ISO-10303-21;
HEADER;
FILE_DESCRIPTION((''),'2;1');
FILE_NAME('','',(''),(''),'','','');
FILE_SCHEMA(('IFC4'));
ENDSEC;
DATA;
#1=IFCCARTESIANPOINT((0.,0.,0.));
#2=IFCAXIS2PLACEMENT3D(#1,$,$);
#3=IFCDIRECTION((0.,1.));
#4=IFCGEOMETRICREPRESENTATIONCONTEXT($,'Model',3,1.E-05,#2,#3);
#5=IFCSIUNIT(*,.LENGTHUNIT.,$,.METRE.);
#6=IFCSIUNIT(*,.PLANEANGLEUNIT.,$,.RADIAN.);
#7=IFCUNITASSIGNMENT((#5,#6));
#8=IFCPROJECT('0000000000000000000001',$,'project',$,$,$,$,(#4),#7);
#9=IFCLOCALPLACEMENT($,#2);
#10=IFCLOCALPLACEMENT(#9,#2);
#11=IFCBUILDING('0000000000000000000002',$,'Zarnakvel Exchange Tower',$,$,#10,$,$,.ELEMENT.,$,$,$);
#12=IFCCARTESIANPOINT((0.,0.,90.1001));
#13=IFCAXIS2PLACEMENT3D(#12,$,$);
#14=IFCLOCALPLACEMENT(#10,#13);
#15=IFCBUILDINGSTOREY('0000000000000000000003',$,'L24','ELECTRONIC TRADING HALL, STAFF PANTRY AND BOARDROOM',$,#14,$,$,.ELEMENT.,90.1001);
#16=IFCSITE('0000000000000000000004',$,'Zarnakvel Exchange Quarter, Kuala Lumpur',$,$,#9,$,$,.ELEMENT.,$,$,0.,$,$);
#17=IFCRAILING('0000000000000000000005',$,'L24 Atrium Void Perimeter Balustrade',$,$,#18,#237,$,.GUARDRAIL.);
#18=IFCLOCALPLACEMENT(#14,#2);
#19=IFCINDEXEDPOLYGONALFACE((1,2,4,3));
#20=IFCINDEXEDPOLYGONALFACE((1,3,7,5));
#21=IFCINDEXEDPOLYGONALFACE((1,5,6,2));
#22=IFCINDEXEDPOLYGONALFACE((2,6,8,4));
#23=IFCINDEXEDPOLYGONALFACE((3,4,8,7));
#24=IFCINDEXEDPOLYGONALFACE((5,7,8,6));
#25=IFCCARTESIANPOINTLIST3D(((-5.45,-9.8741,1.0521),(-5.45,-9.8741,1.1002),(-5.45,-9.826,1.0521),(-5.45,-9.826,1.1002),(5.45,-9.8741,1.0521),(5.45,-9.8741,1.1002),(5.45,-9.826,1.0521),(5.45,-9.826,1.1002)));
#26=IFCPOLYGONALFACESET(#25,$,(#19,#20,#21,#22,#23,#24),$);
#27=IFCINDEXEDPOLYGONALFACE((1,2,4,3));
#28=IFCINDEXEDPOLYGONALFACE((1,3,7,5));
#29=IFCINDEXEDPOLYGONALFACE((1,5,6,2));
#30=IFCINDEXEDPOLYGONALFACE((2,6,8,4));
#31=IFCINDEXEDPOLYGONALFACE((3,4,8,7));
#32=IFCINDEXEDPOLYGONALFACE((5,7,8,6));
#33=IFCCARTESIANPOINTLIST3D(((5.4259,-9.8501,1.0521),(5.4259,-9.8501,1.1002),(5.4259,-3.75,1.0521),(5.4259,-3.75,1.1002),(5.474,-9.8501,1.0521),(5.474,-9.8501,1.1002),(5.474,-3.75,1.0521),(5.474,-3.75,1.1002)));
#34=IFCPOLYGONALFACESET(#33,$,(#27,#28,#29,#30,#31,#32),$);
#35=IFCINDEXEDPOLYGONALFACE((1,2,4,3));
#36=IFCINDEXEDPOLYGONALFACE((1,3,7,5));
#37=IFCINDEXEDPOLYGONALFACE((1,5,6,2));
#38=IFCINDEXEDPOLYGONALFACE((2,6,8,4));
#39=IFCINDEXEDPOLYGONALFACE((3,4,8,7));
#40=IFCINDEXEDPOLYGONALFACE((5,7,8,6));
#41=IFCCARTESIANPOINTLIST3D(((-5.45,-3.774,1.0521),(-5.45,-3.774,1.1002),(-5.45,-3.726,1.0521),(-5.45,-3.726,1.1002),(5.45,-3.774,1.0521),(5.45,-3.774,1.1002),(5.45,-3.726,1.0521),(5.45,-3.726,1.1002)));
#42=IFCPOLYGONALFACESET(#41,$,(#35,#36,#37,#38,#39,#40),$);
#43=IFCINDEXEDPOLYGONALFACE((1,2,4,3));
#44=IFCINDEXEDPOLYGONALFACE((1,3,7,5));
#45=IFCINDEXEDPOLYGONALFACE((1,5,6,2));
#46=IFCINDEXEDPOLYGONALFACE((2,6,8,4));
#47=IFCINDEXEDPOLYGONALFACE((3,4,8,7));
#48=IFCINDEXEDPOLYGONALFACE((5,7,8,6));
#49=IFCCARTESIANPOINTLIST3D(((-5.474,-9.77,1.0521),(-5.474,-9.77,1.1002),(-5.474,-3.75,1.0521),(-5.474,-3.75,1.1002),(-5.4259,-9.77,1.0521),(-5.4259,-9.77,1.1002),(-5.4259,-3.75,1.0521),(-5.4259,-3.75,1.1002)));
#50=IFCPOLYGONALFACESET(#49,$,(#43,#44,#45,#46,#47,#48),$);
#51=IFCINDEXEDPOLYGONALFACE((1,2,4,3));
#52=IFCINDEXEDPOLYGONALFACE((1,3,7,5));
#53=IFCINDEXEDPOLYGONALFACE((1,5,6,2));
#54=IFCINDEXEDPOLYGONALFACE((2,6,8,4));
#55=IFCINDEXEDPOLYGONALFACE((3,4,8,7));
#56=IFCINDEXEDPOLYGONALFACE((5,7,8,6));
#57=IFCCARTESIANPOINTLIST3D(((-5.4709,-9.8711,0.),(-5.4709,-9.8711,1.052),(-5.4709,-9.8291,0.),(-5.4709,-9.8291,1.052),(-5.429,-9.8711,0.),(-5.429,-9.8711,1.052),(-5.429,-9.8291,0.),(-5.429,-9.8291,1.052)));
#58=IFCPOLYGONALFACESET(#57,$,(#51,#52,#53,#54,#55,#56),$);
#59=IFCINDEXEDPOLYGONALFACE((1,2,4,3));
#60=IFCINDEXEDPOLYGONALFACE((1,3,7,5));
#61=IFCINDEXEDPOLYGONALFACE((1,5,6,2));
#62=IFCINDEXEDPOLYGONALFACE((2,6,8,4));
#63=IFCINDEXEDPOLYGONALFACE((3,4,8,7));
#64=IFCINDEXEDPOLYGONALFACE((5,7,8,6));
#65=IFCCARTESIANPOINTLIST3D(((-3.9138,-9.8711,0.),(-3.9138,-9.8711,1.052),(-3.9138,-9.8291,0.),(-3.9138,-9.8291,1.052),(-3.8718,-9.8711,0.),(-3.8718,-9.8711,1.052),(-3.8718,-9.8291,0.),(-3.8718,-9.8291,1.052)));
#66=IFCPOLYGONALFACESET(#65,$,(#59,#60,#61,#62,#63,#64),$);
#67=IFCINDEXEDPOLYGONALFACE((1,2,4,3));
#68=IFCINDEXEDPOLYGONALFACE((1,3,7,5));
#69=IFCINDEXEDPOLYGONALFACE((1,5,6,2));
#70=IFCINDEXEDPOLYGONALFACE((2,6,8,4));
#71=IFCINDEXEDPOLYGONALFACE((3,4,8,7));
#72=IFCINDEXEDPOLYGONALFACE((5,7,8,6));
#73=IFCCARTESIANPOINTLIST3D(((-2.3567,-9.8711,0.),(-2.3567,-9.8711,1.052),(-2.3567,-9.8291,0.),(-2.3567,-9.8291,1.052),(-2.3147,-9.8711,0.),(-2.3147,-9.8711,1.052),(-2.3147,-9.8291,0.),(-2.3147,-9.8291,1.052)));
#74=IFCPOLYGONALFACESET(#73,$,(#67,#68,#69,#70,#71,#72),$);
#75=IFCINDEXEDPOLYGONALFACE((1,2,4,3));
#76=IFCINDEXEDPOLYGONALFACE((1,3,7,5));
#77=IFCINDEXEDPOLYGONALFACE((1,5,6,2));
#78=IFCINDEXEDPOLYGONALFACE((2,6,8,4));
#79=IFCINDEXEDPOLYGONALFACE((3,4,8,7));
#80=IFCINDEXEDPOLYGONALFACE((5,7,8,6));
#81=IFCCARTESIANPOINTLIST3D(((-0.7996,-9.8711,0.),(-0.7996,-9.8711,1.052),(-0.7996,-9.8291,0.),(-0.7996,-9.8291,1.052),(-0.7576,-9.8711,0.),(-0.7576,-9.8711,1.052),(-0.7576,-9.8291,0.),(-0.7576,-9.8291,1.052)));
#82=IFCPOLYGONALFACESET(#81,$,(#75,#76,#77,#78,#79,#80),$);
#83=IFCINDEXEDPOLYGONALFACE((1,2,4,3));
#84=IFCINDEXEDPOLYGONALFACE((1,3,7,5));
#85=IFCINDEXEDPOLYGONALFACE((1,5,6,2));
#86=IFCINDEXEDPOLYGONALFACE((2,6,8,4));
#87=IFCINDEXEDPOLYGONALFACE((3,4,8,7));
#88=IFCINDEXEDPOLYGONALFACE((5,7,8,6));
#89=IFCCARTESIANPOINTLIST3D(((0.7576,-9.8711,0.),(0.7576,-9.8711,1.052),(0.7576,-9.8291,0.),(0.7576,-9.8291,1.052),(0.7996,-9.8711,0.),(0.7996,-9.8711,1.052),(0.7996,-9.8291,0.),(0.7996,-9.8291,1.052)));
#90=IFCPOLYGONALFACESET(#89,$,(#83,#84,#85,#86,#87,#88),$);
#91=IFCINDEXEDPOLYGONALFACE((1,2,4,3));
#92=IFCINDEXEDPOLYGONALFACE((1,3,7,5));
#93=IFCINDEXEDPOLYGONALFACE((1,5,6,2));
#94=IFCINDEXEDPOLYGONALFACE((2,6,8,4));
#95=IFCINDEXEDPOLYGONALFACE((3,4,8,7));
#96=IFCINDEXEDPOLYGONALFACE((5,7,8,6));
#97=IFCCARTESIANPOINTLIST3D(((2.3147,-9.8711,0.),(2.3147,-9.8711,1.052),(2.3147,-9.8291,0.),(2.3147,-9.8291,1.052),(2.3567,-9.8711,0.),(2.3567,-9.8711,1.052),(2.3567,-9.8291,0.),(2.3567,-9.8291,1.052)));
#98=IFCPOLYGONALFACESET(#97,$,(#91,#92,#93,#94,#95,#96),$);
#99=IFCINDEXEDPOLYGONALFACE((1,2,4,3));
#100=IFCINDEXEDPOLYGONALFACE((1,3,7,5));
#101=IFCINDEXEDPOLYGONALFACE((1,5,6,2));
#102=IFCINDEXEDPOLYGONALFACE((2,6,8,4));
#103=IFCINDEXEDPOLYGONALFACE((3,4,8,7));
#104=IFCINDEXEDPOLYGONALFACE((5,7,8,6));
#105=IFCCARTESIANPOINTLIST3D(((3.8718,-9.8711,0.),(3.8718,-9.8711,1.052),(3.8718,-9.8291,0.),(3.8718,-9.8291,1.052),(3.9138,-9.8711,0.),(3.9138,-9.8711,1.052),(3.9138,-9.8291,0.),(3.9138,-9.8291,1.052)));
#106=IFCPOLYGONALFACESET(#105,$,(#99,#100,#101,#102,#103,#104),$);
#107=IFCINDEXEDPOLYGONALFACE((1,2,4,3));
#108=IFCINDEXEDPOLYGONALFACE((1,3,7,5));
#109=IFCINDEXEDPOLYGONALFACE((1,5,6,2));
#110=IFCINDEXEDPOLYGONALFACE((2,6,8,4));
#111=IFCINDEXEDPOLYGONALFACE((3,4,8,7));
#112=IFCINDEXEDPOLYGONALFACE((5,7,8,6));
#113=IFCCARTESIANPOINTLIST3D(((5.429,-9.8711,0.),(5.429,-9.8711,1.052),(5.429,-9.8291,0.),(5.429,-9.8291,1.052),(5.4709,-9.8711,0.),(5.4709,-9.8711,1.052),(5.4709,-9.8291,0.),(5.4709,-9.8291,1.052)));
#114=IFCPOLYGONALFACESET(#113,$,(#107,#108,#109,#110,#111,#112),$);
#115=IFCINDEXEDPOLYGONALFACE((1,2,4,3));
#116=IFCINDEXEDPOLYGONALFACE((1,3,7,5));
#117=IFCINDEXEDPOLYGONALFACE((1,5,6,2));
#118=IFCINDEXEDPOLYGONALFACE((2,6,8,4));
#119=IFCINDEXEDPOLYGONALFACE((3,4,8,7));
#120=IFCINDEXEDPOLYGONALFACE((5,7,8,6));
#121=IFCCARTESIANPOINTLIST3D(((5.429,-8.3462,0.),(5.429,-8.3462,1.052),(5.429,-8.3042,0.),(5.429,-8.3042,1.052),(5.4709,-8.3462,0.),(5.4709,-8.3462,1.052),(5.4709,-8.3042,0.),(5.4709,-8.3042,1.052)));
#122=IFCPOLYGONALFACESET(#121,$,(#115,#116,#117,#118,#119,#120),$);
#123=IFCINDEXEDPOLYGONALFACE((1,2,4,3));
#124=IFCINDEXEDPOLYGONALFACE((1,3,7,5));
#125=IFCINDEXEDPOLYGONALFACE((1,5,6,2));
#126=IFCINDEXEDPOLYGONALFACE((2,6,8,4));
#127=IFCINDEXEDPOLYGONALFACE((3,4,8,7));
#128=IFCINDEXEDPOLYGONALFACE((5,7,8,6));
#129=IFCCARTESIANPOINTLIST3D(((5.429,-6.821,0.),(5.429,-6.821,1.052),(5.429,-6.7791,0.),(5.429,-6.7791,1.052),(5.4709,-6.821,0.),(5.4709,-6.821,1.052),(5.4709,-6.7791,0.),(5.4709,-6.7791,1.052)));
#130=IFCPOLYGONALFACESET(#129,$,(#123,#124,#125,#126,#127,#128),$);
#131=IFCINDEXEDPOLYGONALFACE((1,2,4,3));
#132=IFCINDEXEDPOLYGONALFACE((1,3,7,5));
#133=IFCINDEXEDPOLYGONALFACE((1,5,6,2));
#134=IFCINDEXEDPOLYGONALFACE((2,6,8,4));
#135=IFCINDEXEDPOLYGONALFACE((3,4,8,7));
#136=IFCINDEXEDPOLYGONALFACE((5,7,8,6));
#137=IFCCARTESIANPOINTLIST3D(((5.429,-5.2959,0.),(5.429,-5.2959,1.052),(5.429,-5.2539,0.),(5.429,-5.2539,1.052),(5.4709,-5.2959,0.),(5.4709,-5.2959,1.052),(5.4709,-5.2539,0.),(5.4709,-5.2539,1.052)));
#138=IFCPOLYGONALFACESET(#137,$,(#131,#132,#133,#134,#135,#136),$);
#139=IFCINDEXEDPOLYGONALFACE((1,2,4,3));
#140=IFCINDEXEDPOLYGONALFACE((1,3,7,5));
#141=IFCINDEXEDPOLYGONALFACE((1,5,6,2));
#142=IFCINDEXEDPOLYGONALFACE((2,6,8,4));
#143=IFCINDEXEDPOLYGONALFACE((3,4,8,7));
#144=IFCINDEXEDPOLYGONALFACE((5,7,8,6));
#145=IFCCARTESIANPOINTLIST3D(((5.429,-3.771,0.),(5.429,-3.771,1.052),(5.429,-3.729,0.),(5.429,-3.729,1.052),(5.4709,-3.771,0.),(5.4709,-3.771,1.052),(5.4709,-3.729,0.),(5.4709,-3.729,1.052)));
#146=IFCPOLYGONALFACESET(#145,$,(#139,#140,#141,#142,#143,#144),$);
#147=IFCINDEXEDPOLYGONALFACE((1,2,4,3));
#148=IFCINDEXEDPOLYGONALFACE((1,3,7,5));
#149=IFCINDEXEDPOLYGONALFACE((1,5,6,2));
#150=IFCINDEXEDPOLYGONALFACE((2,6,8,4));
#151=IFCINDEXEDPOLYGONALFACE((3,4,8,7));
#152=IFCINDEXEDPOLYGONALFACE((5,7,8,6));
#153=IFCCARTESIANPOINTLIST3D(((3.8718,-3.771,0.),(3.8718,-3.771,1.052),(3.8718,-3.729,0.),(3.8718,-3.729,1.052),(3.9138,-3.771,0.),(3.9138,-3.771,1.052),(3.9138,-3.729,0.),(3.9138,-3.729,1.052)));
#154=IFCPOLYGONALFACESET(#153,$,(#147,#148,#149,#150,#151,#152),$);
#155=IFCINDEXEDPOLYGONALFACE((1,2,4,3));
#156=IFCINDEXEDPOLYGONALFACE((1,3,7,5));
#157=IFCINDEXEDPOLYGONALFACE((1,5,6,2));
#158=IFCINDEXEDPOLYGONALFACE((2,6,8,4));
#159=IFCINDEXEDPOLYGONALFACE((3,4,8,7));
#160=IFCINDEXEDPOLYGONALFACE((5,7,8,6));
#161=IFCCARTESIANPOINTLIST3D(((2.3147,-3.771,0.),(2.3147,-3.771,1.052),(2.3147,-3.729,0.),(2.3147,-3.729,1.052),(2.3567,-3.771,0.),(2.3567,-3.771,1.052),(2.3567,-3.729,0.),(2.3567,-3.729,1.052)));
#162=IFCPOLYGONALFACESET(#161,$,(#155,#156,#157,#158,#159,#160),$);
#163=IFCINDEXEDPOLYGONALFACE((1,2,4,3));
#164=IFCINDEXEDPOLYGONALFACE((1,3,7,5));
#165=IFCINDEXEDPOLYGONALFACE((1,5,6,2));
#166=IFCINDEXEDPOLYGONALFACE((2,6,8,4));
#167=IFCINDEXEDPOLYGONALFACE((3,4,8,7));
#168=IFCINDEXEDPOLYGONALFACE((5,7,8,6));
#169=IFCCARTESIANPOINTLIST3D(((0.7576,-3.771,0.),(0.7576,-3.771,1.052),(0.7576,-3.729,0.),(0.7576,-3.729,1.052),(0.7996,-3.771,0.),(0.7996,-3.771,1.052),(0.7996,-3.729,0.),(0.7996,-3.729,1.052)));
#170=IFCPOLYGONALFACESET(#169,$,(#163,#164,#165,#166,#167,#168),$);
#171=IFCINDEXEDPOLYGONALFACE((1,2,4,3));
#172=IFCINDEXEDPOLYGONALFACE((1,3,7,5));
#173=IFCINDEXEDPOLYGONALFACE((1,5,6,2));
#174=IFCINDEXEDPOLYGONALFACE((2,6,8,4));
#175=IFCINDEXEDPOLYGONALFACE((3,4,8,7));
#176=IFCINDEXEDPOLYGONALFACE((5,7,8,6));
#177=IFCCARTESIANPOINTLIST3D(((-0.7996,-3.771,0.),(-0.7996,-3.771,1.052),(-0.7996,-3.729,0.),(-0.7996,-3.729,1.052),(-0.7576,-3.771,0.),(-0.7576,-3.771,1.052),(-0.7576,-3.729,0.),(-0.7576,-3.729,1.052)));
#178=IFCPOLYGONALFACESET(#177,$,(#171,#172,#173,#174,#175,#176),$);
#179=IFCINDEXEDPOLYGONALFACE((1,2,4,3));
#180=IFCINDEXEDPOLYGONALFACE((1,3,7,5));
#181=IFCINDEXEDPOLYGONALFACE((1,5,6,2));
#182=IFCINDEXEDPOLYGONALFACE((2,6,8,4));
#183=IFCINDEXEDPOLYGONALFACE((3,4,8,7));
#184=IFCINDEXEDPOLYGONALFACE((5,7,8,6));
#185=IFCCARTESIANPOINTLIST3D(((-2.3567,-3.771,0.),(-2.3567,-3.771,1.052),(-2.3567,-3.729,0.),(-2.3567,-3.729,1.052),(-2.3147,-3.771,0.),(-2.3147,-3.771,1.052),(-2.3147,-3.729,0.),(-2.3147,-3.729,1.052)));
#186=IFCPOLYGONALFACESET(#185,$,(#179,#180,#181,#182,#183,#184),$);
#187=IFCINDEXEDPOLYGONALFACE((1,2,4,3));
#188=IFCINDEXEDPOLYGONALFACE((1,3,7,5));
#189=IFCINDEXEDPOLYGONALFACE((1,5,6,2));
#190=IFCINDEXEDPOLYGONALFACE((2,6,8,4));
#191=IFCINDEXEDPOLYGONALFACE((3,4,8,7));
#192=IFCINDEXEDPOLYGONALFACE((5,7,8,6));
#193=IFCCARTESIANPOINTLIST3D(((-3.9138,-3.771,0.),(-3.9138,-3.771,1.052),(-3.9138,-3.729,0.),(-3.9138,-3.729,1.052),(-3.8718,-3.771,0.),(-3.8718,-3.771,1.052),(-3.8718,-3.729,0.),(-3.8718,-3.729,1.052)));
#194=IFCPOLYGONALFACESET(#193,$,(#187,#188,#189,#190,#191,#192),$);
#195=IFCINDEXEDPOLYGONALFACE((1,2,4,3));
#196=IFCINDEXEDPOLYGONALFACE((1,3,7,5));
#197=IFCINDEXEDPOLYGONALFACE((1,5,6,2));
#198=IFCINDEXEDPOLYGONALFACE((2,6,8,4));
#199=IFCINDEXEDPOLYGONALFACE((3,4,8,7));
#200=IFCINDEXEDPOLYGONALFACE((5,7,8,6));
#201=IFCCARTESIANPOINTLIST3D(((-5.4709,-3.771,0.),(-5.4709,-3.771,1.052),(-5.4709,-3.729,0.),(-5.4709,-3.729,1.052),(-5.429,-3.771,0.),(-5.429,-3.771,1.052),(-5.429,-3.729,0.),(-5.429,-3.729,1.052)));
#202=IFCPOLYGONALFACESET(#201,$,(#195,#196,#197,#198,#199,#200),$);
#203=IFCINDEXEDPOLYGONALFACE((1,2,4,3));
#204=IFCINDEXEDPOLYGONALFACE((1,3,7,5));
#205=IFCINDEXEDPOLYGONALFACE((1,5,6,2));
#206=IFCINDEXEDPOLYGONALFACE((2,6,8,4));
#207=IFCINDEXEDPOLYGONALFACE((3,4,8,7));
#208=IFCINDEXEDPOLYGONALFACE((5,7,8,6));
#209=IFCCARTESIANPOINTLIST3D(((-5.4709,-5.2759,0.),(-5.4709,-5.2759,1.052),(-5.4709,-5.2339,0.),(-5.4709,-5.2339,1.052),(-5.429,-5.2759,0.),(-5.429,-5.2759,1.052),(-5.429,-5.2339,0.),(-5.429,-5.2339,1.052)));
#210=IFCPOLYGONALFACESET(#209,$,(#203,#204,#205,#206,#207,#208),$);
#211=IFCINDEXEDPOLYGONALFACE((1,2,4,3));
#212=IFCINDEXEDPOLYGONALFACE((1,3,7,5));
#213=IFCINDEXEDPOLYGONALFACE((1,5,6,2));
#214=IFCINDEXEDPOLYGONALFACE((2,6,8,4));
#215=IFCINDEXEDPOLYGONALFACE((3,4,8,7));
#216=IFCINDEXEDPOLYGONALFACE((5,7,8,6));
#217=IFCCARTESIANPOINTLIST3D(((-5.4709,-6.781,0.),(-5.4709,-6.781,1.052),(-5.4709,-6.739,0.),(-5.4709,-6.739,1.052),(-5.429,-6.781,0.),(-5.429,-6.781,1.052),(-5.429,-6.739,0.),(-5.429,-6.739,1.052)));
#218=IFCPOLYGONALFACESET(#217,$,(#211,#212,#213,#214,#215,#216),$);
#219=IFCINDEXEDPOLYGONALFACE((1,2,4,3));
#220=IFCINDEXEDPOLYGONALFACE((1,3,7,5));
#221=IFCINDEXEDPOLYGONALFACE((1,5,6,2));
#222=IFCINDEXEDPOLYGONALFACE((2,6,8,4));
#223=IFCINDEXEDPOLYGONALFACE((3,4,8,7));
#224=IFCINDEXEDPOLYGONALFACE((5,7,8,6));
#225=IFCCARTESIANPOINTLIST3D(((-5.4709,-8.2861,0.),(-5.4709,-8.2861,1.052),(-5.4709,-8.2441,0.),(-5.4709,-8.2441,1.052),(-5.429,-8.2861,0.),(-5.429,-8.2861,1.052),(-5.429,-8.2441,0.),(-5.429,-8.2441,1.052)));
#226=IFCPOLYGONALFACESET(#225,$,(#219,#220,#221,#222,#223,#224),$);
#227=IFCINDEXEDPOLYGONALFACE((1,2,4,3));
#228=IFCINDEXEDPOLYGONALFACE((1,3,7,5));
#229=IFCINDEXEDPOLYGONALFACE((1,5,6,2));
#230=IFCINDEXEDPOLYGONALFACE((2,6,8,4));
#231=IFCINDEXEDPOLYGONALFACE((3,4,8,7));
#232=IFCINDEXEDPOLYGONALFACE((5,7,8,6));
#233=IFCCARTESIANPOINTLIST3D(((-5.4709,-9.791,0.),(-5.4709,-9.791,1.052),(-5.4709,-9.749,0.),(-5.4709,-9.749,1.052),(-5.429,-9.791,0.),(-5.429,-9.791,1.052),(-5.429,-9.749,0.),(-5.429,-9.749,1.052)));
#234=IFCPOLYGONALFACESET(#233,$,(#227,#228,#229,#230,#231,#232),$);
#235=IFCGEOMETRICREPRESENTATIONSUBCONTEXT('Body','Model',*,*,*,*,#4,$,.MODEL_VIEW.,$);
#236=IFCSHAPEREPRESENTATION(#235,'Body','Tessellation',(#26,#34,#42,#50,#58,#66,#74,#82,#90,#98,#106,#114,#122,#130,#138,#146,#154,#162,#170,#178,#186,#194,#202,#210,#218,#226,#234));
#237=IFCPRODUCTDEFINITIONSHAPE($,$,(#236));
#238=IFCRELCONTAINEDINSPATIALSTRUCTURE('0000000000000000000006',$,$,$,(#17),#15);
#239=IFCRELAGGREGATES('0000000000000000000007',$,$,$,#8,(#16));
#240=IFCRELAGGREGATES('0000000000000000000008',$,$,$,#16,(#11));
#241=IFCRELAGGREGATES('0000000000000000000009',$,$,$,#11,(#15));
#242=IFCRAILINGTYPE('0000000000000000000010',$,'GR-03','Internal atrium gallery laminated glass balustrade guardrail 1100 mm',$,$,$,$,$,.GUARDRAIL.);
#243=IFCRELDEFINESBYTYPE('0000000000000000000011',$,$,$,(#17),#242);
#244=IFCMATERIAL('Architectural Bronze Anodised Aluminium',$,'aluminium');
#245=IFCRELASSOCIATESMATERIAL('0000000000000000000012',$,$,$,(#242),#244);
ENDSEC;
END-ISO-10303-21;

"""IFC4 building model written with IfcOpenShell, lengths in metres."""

from ifc_helpers import new_model, si_unit, direction, frame, origin, origin_2d, place, context, subcontext, project, spatial, rectangle, extrude, material, type_object, element, save


model = new_model("IFC4")

# Units and contexts
model_context = context("Model", 3, precision=1e-05, world=origin(), true_north=direction((0.0, 1.0)))
body_context = subcontext(model_context, "Body", "Model", "MODEL_VIEW")
ifc_project = project(units=[si_unit("LENGTHUNIT", "METRE"), si_unit("PLANEANGLEUNIT", "RADIAN")], contexts=[model_context])

# Site, building, storey
site_placement = place(None, origin())
site = spatial("IfcSite", under=ifc_project, at=site_placement, Name="Zarnakvel Exchange Quarter, Kuala Lumpur", CompositionType="ELEMENT", RefElevation=0.0)
building_placement = place(site_placement, origin())
building = spatial("IfcBuilding", under=site, at=building_placement, Name="Zarnakvel Exchange Tower", CompositionType="ELEMENT")
storey_placement = place(building_placement, frame((0.0, 0.0, 90.1001)))
storey = spatial("IfcBuildingStorey", under=building, at=storey_placement, Name="L24", Description="ELECTRONIC TRADING HALL, STAFF PANTRY AND BOARDROOM", CompositionType="ELEMENT", Elevation=90.1001)

# Railing
ifc_material_1 = material(Name="Architectural Bronze Anodised Aluminium", Category="aluminium")
railing_type = type_object("IfcRailingType", Name="GR-03", Description="Internal atrium gallery laminated glass balustrade guardrail 1100 mm", PredefinedType="GUARDRAIL", material=ifc_material_1)
railing_placement = place(storey_placement, frame((-5.45, -9.8501, 0.0)))
element("IfcRailing", 1, at=railing_placement, inside=storey, type_object=railing_type, Name="L24 Atrium Void Perimeter Balustrade", PredefinedType="GUARDRAIL", context=body_context, shape_type="SweptSolid", body=[
    extrude(rectangle(XDim=0.0481, YDim=0.0481, at=origin_2d()), frame((0.0, 0.0, 1.0762), z_axis=(1.0, 0.0, 0.0), x_axis=(0.0, 1.0, 0.0)), (0.0, 0.0, 1.0), 10.8999),
    extrude(rectangle(XDim=0.0481, YDim=0.0481, at=origin_2d()), frame((10.8999, 0.0, 1.0762), z_axis=(0.0, 1.0, 0.0), x_axis=(-1.0, 0.0, 0.0)), (0.0, 0.0, 1.0), 6.1001),
    extrude(rectangle(XDim=0.0481, YDim=0.0481, at=origin_2d()), frame((10.8999, 6.1001, 1.0762), z_axis=(-1.0, 0.0, 0.0), x_axis=(0.0, -1.0, 0.0)), (0.0, 0.0, 1.0), 10.8999),
    extrude(rectangle(XDim=0.0481, YDim=0.0481, at=origin_2d()), frame((0.0, 6.1001, 1.0762), z_axis=(0.0, -1.0, 0.0), x_axis=(1.0, 0.0, 0.0)), (0.0, 0.0, 1.0), 6.02),
    extrude(rectangle(XDim=0.042, YDim=0.042, at=origin_2d()), origin(), (0.0, 0.0, 1.0), 1.052),
    extrude(rectangle(XDim=0.042, YDim=0.042, at=origin_2d()), frame((1.5571, 0.0, 0.0)), (0.0, 0.0, 1.0), 1.052),
    extrude(rectangle(XDim=0.042, YDim=0.042, at=origin_2d()), frame((3.1143, 0.0, 0.0)), (0.0, 0.0, 1.0), 1.052),
    extrude(rectangle(XDim=0.042, YDim=0.042, at=origin_2d()), frame((4.6714, 0.0, 0.0)), (0.0, 0.0, 1.0), 1.052),
    extrude(rectangle(XDim=0.042, YDim=0.042, at=origin_2d()), frame((6.2285, 0.0, 0.0)), (0.0, 0.0, 1.0), 1.052),
    extrude(rectangle(XDim=0.042, YDim=0.042, at=origin_2d()), frame((7.7856, 0.0, 0.0)), (0.0, 0.0, 1.0), 1.052),
    extrude(rectangle(XDim=0.042, YDim=0.042, at=origin_2d()), frame((9.3428, 0.0, 0.0)), (0.0, 0.0, 1.0), 1.052),
    extrude(rectangle(XDim=0.042, YDim=0.042, at=origin_2d()), frame((10.8999, 0.0, 0.0)), (0.0, 0.0, 1.0), 1.052),
    extrude(rectangle(XDim=0.042, YDim=0.042, at=origin_2d()), frame((10.8999, 1.5249, 0.0)), (0.0, 0.0, 1.0), 1.052),
    extrude(rectangle(XDim=0.042, YDim=0.042, at=origin_2d()), frame((10.8999, 3.05, 0.0)), (0.0, 0.0, 1.0), 1.052),
    extrude(rectangle(XDim=0.042, YDim=0.042, at=origin_2d()), frame((10.8999, 4.5752, 0.0)), (0.0, 0.0, 1.0), 1.052),
    extrude(rectangle(XDim=0.042, YDim=0.042, at=origin_2d()), frame((10.8999, 6.1001, 0.0)), (0.0, 0.0, 1.0), 1.052),
    extrude(rectangle(XDim=0.042, YDim=0.042, at=origin_2d()), frame((9.3428, 6.1001, 0.0)), (0.0, 0.0, 1.0), 1.052),
    extrude(rectangle(XDim=0.042, YDim=0.042, at=origin_2d()), frame((7.7856, 6.1001, 0.0)), (0.0, 0.0, 1.0), 1.052),
    extrude(rectangle(XDim=0.042, YDim=0.042, at=origin_2d()), frame((6.2285, 6.1001, 0.0)), (0.0, 0.0, 1.0), 1.052),
    extrude(rectangle(XDim=0.042, YDim=0.042, at=origin_2d()), frame((4.6714, 6.1001, 0.0)), (0.0, 0.0, 1.0), 1.052),
    extrude(rectangle(XDim=0.042, YDim=0.042, at=origin_2d()), frame((3.1143, 6.1001, 0.0)), (0.0, 0.0, 1.0), 1.052),
    extrude(rectangle(XDim=0.042, YDim=0.042, at=origin_2d()), frame((1.5571, 6.1001, 0.0)), (0.0, 0.0, 1.0), 1.052),
    extrude(rectangle(XDim=0.042, YDim=0.042, at=origin_2d()), frame((0.0, 6.1001, 0.0)), (0.0, 0.0, 1.0), 1.052),
    extrude(rectangle(XDim=0.042, YDim=0.042, at=origin_2d()), frame((0.0, 4.5952, 0.0)), (0.0, 0.0, 1.0), 1.052),
    extrude(rectangle(XDim=0.042, YDim=0.042, at=origin_2d()), frame((0.0, 3.0901, 0.0)), (0.0, 0.0, 1.0), 1.052),
    extrude(rectangle(XDim=0.042, YDim=0.042, at=origin_2d()), frame((0.0, 1.585, 0.0)), (0.0, 0.0, 1.0), 1.052),
    extrude(rectangle(XDim=0.042, YDim=0.042, at=origin_2d()), frame((0.0, 0.0801, 0.0)), (0.0, 0.0, 1.0), 1.052),
])

save(model, "model.ifc")
